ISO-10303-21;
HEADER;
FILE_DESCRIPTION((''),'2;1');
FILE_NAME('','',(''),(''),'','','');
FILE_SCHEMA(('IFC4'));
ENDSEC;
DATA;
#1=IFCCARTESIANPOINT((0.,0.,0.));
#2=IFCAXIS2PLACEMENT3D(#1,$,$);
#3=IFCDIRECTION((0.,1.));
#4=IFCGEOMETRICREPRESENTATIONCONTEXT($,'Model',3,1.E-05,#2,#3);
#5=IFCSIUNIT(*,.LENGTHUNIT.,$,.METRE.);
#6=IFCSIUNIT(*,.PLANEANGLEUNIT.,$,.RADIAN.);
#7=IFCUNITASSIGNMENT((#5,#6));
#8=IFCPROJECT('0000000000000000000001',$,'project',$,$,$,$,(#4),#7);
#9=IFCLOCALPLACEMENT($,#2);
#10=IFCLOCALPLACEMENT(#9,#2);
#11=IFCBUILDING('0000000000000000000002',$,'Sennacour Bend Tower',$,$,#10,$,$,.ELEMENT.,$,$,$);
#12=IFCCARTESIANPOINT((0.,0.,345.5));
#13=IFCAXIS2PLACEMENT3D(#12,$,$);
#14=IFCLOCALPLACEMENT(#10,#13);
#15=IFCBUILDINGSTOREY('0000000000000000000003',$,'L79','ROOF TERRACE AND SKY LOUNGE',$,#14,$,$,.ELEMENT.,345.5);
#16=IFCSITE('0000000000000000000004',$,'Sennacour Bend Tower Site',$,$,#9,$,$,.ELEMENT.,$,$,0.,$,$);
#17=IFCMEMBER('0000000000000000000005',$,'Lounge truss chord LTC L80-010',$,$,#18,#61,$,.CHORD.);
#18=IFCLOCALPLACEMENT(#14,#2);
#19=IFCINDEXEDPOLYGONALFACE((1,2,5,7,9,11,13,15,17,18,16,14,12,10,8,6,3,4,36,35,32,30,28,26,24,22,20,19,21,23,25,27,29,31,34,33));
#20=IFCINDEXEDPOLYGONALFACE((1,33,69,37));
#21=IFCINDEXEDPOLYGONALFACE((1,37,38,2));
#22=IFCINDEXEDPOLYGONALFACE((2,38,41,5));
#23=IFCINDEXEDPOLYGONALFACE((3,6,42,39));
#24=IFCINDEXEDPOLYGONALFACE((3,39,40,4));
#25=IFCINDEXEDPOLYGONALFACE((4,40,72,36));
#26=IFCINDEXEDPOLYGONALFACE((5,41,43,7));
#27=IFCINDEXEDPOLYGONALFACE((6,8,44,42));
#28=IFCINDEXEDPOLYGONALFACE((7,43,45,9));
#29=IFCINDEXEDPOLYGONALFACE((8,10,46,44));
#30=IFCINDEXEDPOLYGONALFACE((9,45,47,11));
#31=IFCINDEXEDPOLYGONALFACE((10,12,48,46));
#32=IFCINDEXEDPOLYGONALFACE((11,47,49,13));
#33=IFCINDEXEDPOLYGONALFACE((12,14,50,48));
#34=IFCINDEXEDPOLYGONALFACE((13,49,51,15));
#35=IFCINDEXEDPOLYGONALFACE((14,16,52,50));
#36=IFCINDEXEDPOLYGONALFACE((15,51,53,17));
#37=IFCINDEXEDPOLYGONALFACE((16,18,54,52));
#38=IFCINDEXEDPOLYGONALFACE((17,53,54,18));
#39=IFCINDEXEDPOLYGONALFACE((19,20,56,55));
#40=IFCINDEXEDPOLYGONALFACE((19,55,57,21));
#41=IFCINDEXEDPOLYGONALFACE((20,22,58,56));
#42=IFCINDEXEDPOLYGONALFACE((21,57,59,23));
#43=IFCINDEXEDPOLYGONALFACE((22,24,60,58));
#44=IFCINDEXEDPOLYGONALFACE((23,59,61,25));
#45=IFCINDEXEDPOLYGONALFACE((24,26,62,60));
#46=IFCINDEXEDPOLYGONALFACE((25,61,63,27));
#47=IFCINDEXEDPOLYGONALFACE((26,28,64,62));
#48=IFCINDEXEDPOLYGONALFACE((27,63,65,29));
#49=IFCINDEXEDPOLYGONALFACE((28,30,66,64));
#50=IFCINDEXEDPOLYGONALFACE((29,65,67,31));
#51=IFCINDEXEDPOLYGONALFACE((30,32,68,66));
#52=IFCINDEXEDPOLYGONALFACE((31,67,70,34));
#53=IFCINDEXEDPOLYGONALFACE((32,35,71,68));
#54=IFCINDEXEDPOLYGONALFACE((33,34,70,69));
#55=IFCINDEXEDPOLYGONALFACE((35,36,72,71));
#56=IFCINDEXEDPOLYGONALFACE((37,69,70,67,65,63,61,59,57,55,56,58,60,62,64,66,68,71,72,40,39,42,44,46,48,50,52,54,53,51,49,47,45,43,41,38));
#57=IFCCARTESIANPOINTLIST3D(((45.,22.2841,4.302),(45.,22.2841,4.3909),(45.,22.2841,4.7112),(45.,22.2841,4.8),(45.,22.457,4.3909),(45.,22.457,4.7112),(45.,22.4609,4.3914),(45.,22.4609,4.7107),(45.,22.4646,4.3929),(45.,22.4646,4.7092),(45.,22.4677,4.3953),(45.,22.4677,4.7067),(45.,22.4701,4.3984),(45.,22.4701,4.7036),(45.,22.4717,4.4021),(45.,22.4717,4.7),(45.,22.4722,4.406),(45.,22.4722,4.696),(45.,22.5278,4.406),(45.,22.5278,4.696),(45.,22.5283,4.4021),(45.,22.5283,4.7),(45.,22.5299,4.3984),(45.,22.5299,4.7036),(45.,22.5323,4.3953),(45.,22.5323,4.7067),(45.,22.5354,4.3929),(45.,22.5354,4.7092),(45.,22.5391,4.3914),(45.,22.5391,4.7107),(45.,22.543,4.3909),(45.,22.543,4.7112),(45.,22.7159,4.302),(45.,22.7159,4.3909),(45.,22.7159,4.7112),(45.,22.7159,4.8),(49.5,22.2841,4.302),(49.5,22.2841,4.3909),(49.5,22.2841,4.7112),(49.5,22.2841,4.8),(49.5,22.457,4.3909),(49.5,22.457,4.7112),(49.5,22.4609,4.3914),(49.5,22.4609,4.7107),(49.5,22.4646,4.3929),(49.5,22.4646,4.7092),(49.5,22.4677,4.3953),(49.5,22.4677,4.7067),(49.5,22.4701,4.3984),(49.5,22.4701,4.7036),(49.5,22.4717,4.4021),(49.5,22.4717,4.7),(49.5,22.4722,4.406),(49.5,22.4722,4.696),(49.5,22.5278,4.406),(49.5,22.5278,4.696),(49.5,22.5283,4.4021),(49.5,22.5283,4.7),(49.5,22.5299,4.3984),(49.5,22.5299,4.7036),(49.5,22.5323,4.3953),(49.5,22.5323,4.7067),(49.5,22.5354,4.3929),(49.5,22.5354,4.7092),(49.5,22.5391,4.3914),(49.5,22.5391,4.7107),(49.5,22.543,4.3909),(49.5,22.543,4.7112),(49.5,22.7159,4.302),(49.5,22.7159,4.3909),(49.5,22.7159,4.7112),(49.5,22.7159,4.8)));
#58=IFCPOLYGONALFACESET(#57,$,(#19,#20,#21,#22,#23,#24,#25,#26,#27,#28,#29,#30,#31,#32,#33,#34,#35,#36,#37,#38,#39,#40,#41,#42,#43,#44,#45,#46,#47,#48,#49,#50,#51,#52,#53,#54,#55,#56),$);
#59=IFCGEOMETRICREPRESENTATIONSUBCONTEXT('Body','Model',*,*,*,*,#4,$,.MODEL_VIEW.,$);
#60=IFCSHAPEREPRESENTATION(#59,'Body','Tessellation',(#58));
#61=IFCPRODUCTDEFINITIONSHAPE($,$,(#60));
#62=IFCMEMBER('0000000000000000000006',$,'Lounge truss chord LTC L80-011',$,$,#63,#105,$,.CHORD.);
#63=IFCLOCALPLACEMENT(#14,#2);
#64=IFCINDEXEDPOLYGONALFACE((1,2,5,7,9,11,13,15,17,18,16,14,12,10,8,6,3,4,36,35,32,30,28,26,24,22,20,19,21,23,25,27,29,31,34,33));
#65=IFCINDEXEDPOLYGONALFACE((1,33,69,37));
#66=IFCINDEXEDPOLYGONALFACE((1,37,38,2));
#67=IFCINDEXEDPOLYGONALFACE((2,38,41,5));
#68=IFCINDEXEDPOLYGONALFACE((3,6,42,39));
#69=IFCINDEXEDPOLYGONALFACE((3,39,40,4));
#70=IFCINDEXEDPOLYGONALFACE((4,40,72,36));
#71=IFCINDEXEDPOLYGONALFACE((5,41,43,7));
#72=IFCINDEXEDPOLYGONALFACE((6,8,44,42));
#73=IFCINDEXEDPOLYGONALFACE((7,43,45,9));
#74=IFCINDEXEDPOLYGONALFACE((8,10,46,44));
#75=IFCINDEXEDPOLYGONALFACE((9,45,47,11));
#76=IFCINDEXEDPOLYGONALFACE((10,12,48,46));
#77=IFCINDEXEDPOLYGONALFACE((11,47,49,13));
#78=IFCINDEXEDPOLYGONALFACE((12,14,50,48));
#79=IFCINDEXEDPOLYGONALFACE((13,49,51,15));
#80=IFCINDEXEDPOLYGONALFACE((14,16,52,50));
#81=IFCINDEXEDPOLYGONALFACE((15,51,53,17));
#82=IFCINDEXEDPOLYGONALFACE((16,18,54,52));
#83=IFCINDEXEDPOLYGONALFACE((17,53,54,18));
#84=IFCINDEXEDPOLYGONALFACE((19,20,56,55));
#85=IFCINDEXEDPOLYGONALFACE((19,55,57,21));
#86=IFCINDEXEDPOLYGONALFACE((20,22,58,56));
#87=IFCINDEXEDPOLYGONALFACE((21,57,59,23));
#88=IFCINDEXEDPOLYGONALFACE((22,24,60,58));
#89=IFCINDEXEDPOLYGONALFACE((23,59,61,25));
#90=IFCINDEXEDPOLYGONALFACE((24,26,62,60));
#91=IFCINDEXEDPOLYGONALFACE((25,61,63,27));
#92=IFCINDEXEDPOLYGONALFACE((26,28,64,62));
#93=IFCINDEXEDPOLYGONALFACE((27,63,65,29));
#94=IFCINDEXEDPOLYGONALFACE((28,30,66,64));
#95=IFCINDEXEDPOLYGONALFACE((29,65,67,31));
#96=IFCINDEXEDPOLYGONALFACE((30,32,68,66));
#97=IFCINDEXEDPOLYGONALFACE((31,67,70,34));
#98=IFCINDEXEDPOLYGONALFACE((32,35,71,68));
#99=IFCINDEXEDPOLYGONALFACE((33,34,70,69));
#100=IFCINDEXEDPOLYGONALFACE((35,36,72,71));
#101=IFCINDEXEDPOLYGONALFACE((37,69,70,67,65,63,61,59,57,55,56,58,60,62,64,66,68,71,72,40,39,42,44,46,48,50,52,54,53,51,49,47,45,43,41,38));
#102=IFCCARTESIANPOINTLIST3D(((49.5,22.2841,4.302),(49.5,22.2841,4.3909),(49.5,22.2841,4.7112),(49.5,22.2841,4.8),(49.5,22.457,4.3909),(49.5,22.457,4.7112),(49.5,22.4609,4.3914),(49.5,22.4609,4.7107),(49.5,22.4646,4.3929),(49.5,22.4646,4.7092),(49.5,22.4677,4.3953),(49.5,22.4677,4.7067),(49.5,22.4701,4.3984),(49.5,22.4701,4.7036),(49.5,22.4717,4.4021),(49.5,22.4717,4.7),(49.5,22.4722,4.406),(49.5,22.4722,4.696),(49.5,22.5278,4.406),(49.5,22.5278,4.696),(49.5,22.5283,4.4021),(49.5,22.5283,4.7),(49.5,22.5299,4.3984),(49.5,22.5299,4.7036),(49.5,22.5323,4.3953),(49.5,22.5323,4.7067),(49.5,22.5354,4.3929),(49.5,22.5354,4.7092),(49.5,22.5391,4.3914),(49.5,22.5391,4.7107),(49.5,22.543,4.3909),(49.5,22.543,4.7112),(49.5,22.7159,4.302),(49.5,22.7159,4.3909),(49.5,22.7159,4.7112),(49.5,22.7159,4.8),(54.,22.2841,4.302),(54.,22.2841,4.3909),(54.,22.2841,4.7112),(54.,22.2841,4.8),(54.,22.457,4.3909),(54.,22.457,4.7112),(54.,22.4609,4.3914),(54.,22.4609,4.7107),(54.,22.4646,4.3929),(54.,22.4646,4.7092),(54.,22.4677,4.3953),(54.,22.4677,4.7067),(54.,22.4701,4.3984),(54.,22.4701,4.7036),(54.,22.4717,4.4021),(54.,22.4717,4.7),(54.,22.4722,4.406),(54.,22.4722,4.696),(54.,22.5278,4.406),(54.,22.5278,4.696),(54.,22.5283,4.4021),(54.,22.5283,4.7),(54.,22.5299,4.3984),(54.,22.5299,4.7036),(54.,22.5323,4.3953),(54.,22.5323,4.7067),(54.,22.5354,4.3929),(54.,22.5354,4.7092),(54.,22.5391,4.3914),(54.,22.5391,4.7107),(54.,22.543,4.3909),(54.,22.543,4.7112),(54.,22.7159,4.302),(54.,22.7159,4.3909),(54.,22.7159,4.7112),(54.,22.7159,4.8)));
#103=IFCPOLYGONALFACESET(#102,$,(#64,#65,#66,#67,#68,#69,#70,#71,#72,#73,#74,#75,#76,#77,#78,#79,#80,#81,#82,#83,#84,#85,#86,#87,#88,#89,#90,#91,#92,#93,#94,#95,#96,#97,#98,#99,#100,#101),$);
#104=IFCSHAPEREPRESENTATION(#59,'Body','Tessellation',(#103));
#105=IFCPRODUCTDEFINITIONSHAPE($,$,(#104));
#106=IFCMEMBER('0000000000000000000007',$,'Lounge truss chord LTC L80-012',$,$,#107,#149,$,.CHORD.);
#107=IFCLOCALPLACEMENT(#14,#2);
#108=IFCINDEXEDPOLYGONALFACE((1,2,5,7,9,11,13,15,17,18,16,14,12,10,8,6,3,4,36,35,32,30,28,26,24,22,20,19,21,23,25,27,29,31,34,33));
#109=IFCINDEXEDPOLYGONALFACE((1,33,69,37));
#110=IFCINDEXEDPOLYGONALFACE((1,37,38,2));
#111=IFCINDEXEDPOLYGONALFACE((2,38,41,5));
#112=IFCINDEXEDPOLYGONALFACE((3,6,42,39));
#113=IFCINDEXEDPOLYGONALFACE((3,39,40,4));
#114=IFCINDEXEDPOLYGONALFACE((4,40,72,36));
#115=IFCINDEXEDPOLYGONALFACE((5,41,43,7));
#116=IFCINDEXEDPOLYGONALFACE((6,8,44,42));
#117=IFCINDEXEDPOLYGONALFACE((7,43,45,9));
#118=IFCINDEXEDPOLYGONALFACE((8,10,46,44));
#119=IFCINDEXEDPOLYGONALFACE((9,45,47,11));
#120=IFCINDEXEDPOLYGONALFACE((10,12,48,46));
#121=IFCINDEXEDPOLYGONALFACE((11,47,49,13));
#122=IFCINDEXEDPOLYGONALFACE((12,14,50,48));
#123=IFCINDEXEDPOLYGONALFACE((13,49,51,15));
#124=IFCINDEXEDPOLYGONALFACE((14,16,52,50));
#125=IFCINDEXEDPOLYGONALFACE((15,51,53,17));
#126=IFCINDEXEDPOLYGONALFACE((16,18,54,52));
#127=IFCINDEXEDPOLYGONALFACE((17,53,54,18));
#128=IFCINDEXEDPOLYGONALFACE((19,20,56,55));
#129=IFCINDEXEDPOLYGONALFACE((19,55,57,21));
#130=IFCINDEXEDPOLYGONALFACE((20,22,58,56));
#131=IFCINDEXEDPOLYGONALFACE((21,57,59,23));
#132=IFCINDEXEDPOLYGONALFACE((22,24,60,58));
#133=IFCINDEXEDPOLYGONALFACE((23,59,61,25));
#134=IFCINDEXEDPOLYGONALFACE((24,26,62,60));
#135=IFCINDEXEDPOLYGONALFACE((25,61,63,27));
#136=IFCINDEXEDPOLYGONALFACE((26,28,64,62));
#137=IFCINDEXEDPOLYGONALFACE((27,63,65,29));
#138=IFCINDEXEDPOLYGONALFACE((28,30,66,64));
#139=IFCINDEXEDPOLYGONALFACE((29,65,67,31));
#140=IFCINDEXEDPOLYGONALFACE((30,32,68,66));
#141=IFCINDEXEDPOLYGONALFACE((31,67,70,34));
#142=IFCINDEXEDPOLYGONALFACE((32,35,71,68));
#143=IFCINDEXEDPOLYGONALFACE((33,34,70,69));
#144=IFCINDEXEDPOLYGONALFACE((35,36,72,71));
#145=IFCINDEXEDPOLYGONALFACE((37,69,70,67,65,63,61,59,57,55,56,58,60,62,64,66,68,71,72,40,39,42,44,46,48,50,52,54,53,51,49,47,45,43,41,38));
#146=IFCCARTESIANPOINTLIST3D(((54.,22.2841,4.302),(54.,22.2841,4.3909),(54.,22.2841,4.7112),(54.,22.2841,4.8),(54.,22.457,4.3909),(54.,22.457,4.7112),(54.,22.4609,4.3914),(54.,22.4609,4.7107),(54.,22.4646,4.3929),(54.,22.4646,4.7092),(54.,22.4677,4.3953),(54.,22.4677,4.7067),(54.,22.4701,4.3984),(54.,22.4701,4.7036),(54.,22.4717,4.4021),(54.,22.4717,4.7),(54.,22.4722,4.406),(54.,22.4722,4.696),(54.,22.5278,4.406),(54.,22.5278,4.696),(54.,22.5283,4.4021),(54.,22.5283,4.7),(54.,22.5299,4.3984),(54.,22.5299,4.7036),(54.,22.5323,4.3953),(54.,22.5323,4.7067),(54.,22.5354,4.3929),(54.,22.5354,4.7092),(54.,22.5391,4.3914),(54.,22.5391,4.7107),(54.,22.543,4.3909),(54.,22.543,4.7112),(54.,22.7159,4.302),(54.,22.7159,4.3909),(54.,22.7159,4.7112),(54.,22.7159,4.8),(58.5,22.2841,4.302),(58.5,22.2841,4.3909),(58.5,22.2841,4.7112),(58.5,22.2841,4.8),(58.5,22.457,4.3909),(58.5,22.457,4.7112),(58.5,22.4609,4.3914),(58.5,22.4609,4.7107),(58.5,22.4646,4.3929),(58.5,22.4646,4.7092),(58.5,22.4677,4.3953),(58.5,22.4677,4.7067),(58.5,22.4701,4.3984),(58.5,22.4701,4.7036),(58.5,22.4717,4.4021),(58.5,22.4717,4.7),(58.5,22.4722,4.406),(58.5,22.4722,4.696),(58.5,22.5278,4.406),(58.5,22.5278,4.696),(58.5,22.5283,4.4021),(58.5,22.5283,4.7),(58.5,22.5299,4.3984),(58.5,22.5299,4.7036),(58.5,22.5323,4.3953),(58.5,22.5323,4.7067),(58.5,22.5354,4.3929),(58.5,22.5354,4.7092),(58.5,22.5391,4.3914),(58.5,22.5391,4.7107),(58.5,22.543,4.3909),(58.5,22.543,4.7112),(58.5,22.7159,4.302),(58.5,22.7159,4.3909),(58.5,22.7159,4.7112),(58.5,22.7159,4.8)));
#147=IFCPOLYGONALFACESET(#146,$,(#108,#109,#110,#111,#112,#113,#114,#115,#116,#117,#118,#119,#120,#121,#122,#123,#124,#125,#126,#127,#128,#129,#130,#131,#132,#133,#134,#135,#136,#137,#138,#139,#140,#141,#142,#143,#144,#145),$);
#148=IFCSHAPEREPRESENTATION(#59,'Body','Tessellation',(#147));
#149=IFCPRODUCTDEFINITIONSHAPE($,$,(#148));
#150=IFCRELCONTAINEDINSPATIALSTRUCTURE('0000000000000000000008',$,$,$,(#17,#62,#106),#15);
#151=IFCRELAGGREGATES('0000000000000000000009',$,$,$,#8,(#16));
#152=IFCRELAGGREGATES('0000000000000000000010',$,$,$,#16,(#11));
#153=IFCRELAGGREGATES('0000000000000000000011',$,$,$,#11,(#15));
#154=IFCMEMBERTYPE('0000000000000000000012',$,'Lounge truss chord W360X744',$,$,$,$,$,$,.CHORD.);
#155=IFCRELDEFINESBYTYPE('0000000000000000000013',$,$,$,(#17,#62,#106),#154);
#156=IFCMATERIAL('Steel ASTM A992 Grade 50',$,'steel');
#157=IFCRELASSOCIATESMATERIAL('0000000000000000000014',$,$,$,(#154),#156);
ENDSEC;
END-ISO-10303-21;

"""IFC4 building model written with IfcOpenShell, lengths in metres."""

from ifc_helpers import new_model, si_unit, direction, frame, origin, origin_2d, place, context, subcontext, project, spatial, i_section, extrude, material, material_profile, profile_set, type_object, element, save


model = new_model("IFC4")

# Units and contexts
model_context = context("Model", 3, precision=1e-05, world=origin(), true_north=direction((0.0, 1.0)))
body_context = subcontext(model_context, "Body", "Model", "MODEL_VIEW")
ifc_project = project(units=[si_unit("LENGTHUNIT", "METRE"), si_unit("PLANEANGLEUNIT", "RADIAN")], contexts=[model_context])

# Site, building, storey
site_placement = place(None, origin())
site = spatial("IfcSite", under=ifc_project, at=site_placement, Name="Sennacour Bend Tower Site", CompositionType="ELEMENT", RefElevation=0.0)
building_placement = place(site_placement, origin())
building = spatial("IfcBuilding", under=site, at=building_placement, Name="Sennacour Bend Tower", CompositionType="ELEMENT")
storey_placement = place(building_placement, frame((0.0, 0.0, 345.5)))
storey = spatial("IfcBuildingStorey", under=building, at=storey_placement, Name="L79", Description="ROOF TERRACE AND SKY LOUNGE", CompositionType="ELEMENT", Elevation=345.5)

# Members
ifc_material_1 = material(Name="Steel ASTM A992 Grade 50", Category="steel")
ifc_material_profile_1 = material_profile(ifc_material_1, i_section(OverallWidth=0.4319, OverallDepth=0.498, WebThickness=0.0557, FlangeThickness=0.0889, FilletRadius=0.0151, at=origin_2d()), Name="Steel ASTM A992 Grade 50", Category="steel")
ifc_profile_set_1 = profile_set([ifc_material_profile_1], Name="Steel ASTM A992 Grade 50")
member_type_1 = type_object("IfcMemberType", Name="Lounge truss chord W360X744", PredefinedType="CHORD", material=ifc_profile_set_1)
for number, where, z_axis, x_axis, name in (
    (1, (45.0, 22.5, 4.551), (1.0, 0.0, 0.0), (0.0, 1.0, 0.0), "Lounge truss chord LTC L80-010"),
    (2, (49.5, 22.5, 4.551), (1.0, 0.0, 0.0), (0.0, 1.0, 0.0), "Lounge truss chord LTC L80-011"),
    (3, (54.0, 22.5, 4.551), (1.0, 0.0, 0.0), (0.0, 1.0, 0.0), "Lounge truss chord LTC L80-012"),
):
    element("IfcMember", number, at=place(storey_placement, frame(where, z_axis=z_axis, x_axis=x_axis)), inside=storey, type_object=member_type_1, Name=name, PredefinedType="CHORD", context=body_context, shape_type="SweptSolid", body=[
        extrude(i_section(OverallWidth=0.4319, OverallDepth=0.498, WebThickness=0.0557, FlangeThickness=0.0889, FilletRadius=0.0151, at=origin_2d()), origin(), (0.0, 0.0, 1.0), 4.5),
    ])

save(model, "model.ifc")
